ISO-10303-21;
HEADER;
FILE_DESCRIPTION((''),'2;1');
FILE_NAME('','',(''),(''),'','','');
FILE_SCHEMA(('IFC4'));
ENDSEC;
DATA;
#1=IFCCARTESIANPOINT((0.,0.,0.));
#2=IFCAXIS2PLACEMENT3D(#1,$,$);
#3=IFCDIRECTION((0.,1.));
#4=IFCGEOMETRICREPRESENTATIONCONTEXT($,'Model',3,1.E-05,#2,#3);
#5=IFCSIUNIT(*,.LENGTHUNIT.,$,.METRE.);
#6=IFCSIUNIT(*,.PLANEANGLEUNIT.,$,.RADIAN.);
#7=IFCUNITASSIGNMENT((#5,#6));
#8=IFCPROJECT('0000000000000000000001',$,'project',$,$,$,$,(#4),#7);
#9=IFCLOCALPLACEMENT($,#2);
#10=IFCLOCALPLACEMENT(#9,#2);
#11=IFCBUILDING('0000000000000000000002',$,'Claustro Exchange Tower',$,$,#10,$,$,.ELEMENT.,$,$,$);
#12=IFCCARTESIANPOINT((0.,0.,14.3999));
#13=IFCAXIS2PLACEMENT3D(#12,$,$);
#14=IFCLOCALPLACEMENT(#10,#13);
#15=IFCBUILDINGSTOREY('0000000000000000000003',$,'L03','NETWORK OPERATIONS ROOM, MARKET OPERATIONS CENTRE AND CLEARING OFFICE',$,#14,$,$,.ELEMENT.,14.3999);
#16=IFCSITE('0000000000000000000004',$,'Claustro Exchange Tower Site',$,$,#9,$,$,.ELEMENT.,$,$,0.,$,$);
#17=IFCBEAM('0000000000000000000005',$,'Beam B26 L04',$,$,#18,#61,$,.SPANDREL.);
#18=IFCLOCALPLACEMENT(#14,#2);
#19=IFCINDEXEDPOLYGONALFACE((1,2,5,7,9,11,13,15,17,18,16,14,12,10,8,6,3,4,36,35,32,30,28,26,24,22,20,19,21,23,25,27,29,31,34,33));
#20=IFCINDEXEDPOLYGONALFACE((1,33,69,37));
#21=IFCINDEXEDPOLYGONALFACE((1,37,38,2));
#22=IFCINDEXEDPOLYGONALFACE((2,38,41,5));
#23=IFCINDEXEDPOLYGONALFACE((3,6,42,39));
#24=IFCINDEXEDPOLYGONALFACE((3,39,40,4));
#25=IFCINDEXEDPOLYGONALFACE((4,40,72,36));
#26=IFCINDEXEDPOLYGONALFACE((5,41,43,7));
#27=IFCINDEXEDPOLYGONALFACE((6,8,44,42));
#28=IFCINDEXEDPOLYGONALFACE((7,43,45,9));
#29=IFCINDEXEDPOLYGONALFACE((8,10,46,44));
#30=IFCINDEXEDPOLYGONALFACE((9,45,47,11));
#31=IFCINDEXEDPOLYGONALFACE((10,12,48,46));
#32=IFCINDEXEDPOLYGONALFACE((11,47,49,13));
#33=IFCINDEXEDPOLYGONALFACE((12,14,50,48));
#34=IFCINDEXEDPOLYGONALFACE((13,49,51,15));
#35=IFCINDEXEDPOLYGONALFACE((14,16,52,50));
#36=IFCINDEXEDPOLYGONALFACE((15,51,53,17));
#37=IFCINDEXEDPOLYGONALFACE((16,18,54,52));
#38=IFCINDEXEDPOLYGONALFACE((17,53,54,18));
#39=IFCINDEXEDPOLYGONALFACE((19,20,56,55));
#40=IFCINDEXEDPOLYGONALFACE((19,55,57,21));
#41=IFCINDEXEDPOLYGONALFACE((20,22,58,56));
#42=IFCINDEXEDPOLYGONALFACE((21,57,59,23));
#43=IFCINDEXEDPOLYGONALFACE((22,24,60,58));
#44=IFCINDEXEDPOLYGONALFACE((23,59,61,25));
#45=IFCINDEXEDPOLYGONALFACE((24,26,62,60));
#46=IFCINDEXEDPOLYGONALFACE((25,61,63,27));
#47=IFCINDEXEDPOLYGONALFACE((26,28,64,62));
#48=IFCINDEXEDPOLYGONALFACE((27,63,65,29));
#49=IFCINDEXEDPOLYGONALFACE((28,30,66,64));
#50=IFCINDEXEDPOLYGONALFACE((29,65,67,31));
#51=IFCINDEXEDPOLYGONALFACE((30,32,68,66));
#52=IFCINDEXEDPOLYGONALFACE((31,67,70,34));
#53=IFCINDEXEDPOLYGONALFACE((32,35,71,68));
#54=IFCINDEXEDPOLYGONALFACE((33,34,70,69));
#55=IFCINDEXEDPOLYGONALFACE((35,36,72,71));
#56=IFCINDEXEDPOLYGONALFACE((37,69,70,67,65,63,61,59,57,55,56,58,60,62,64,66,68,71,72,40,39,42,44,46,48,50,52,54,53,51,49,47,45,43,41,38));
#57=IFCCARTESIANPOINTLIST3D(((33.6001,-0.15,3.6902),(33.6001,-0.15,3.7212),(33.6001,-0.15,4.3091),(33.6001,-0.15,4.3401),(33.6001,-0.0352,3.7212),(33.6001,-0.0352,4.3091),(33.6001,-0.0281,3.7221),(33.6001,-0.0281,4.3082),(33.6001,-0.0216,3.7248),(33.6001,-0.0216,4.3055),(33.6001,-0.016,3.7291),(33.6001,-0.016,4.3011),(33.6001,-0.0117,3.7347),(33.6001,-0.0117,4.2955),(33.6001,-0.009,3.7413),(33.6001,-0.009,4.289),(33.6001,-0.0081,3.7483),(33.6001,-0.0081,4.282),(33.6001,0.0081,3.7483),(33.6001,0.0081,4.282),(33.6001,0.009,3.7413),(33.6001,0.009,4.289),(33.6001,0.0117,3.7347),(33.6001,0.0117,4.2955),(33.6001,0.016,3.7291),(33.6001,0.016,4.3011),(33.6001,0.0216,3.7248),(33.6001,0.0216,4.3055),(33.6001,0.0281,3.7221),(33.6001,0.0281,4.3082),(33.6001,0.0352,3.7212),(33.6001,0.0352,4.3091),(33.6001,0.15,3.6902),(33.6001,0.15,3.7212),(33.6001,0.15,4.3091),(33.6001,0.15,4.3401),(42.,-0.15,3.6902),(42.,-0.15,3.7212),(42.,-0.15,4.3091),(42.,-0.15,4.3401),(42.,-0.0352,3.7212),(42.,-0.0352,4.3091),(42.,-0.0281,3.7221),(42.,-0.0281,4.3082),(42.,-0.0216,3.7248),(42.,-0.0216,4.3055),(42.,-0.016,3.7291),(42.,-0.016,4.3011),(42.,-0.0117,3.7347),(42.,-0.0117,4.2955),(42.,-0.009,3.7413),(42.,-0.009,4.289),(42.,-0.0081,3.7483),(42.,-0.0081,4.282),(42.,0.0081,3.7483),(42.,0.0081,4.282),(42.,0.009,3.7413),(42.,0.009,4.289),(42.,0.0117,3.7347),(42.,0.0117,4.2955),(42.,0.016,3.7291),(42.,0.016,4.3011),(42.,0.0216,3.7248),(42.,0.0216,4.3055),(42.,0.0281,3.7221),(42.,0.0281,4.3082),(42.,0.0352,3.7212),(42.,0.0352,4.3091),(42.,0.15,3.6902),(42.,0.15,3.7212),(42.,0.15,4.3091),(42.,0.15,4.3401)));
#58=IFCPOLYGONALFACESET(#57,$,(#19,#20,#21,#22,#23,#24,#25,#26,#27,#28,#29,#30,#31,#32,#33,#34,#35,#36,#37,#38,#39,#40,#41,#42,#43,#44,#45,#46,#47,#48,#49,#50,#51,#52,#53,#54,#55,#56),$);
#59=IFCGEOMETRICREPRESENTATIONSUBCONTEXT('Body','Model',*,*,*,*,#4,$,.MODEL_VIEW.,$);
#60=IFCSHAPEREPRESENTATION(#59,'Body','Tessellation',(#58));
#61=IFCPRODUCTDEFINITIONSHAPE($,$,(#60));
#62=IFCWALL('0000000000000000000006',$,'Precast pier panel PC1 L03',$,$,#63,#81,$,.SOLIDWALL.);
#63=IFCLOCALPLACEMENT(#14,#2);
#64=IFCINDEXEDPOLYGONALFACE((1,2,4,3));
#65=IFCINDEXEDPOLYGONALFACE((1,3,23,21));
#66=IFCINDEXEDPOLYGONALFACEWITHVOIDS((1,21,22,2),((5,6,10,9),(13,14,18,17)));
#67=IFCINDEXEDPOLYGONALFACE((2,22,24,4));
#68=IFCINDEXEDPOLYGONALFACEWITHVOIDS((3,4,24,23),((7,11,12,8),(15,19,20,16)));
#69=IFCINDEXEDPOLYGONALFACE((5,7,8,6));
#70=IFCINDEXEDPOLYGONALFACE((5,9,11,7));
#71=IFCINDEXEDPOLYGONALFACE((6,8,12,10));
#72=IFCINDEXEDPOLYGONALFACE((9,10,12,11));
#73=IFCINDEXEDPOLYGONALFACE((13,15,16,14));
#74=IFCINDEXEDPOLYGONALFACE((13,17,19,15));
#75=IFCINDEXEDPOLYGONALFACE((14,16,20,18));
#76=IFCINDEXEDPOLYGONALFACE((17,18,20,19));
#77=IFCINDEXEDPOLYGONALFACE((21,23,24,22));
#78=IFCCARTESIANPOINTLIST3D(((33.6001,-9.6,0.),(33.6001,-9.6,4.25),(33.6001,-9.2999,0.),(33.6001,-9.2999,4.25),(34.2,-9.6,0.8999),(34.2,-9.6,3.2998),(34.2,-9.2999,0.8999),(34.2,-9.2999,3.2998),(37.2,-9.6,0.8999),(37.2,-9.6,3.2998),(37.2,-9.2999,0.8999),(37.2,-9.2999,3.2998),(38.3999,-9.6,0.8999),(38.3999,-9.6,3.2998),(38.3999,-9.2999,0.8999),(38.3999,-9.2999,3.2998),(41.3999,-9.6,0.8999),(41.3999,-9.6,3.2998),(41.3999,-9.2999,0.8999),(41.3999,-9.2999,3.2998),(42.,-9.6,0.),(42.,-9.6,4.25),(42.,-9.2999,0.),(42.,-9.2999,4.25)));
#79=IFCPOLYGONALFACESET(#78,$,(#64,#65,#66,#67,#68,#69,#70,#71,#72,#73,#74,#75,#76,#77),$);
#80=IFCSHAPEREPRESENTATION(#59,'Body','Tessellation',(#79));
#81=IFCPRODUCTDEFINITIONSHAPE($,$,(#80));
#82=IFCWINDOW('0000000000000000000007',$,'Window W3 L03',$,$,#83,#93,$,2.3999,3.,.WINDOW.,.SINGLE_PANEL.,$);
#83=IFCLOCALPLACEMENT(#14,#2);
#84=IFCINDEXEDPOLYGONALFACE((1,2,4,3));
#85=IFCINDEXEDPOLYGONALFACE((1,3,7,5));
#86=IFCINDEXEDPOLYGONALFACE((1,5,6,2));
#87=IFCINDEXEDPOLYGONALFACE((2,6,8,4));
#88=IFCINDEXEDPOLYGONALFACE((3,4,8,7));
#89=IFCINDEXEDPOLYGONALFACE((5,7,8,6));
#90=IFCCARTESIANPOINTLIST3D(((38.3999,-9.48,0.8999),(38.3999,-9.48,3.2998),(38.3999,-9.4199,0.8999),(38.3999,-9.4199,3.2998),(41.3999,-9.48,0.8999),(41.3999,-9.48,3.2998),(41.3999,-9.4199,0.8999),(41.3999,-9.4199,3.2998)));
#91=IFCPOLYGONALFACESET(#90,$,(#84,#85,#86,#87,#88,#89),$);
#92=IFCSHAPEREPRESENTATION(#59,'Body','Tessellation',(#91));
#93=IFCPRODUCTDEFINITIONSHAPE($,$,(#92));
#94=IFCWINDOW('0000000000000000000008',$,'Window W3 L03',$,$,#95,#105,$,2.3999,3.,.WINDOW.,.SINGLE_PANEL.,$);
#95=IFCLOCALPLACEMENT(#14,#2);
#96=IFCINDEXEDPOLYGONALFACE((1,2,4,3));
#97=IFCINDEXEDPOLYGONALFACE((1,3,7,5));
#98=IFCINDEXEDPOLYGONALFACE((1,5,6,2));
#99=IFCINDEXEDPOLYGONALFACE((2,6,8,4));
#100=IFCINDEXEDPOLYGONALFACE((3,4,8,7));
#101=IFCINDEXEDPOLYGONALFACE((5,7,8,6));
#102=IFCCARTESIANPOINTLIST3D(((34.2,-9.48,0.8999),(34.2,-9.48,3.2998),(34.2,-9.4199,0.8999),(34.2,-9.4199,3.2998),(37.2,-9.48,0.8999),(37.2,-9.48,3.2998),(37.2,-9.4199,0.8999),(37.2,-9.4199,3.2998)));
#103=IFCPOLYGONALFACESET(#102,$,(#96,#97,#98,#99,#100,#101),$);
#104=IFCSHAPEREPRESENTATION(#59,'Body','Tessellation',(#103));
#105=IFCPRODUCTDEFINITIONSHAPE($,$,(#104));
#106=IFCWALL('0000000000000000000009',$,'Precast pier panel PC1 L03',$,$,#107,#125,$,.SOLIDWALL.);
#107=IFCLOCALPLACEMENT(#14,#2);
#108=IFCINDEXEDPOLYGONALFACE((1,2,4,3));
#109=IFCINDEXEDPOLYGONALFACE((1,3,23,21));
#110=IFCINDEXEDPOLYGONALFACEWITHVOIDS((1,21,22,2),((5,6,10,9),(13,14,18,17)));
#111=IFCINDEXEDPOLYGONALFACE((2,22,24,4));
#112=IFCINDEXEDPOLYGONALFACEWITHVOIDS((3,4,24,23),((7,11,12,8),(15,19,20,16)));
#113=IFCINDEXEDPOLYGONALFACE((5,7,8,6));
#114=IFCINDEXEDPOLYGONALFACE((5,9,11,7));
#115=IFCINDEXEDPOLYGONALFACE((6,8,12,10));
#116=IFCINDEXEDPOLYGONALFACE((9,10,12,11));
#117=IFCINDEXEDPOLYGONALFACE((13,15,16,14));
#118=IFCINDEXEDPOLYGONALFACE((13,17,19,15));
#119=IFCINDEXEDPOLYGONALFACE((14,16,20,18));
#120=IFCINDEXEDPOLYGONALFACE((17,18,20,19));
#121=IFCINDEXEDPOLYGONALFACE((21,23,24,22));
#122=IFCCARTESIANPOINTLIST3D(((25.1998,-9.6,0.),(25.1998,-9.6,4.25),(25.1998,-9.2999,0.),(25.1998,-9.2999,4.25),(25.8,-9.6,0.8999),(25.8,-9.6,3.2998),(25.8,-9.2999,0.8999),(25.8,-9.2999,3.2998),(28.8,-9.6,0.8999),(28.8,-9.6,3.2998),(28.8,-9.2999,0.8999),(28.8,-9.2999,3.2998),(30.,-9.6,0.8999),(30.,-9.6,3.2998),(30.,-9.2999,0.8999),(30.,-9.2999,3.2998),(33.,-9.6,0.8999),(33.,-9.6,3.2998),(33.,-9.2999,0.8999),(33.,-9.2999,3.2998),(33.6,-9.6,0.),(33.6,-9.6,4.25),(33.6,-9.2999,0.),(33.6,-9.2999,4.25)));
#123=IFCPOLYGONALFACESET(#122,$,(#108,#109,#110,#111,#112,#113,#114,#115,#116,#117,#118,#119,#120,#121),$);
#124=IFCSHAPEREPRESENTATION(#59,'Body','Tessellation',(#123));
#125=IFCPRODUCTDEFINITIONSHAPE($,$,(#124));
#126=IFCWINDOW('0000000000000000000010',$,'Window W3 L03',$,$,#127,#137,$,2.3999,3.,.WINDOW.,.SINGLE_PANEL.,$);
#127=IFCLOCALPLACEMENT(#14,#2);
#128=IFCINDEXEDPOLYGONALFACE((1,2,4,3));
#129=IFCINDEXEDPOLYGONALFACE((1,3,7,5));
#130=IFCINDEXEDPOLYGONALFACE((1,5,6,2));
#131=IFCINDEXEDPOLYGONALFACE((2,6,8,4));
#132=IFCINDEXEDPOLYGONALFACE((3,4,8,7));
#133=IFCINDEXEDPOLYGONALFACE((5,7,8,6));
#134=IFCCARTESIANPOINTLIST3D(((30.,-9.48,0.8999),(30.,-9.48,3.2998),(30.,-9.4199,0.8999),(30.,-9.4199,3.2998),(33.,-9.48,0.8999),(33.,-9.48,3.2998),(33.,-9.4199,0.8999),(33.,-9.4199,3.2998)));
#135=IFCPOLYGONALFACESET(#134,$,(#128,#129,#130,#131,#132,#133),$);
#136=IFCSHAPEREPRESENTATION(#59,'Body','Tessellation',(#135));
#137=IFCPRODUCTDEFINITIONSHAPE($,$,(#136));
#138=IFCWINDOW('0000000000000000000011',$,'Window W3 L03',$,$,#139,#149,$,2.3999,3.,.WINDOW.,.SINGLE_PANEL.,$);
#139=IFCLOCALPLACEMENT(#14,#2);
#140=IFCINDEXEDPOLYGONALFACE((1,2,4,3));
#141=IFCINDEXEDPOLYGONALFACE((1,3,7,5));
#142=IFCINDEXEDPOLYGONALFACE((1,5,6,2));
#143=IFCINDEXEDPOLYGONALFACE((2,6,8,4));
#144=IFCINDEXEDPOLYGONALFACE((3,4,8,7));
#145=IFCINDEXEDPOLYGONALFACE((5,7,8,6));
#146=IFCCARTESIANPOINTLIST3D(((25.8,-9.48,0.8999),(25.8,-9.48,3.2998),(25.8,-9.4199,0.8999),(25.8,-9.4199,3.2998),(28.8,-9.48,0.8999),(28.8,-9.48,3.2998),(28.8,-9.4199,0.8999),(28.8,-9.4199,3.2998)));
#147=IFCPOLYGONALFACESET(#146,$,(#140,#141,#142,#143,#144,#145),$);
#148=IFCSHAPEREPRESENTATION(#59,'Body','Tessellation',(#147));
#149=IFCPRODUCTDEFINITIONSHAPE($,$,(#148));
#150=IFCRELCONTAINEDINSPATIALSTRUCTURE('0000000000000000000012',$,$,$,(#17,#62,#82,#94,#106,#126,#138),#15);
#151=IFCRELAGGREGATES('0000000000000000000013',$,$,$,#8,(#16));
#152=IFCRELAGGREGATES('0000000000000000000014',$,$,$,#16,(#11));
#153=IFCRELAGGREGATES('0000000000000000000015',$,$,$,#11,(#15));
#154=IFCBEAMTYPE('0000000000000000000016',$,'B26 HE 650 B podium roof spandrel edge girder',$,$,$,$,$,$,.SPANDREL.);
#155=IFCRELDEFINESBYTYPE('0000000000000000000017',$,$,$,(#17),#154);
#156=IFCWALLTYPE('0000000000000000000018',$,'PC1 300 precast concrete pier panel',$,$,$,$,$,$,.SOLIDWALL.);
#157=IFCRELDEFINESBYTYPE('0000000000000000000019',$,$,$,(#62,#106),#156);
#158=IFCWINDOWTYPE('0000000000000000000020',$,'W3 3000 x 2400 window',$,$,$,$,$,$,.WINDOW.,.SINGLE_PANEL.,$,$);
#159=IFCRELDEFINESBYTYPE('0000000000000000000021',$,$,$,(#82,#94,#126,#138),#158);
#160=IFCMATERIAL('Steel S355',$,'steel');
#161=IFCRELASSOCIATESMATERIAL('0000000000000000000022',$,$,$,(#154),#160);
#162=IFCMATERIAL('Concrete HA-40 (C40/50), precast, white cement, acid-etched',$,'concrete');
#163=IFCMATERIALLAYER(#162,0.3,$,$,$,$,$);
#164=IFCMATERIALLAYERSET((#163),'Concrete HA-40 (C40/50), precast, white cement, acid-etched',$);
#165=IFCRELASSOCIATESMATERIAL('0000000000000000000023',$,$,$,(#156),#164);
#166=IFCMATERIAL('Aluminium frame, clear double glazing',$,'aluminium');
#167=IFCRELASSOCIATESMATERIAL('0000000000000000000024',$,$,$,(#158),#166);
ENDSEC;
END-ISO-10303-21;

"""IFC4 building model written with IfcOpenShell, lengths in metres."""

from ifc_helpers import new_model, si_unit, direction, frame, frame_2d, origin, origin_2d, place, context, subcontext, project, spatial, rectangle, i_section, extrude, material, layer, layer_set, material_profile, profile_set, type_object, element, fill, save


model = new_model("IFC4")

# Units and contexts
model_context = context("Model", 3, precision=1e-05, world=origin(), true_north=direction((0.0, 1.0)))
body_context = subcontext(model_context, "Body", "Model", "MODEL_VIEW")
ifc_project = project(units=[si_unit("LENGTHUNIT", "METRE"), si_unit("PLANEANGLEUNIT", "RADIAN")], contexts=[model_context])

# Site, building, storey
site_placement = place(None, origin())
site = spatial("IfcSite", under=ifc_project, at=site_placement, Name="Claustro Exchange Tower Site", CompositionType="ELEMENT", RefElevation=0.0)
building_placement = place(site_placement, origin())
building = spatial("IfcBuilding", under=site, at=building_placement, Name="Claustro Exchange Tower", CompositionType="ELEMENT")
storey_placement = place(building_placement, frame((0.0, 0.0, 14.3999)))
storey = spatial("IfcBuildingStorey", under=building, at=storey_placement, Name="L03", Description="NETWORK OPERATIONS ROOM, MARKET OPERATIONS CENTRE AND CLEARING OFFICE", CompositionType="ELEMENT", Elevation=14.3999)

# Beam
ifc_material_1 = material(Name="Steel S355", Category="steel")
ifc_material_profile_1 = material_profile(ifc_material_1, i_section(OverallWidth=0.3, OverallDepth=0.6499, WebThickness=0.0161, FlangeThickness=0.031, FilletRadius=0.0271, at=origin_2d()), Name="HE 650 B")
ifc_profile_set_1 = profile_set([ifc_material_profile_1], Name="Steel S355")
beam_type_1 = type_object("IfcBeamType", Name="B26 HE 650 B podium roof spandrel edge girder", PredefinedType="SPANDREL", material=ifc_profile_set_1)
beam_1_placement = place(storey_placement, frame((33.6001, 0.0, 4.0151), z_axis=(1.0, 0.0, 0.0), x_axis=(0.0, 1.0, 0.0)))
element("IfcBeam", 1, at=beam_1_placement, inside=storey, type_object=beam_type_1, Name="Beam B26 L04", PredefinedType="SPANDREL", context=body_context, shape_type="SweptSolid", body=[
    extrude(i_section(OverallWidth=0.3, OverallDepth=0.6499, WebThickness=0.0161, FlangeThickness=0.031, FilletRadius=0.0271, at=origin_2d()), origin(), (0.0, 0.0, 1.0), 8.3999),
])

# Walls, openings, windows
ifc_material_2 = material(Name="Concrete HA-40 (C40/50), precast, white cement, acid-etched", Category="concrete")
ifc_layer = layer(ifc_material_2, 0.3)
ifc_layer_set = layer_set([ifc_layer], Name="Concrete HA-40 (C40/50), precast, white cement, acid-etched")
wall_type = type_object("IfcWallType", Name="PC1 300 precast concrete pier panel", PredefinedType="SOLIDWALL", material=ifc_layer_set)
wall_1_placement = place(storey_placement, frame((42.0, -9.45, 0.0), z_axis=(0.0, 0.0, 1.0), x_axis=(-1.0, 0.0, 0.0)))
wall_1 = element("IfcWall", 2, at=wall_1_placement, inside=storey, type_object=wall_type, Name="Precast pier panel PC1 L03", PredefinedType="SOLIDWALL", context=body_context, shape_type="SweptSolid", body=[
    extrude(rectangle(XDim=8.3999, YDim=0.3, at=frame_2d((4.2, 0.0))), origin(), (0.0, 0.0, 1.0), 4.25),
])
opening_1_placement = place(wall_1_placement, frame((0.6001, 0.0, 0.8999)))
opening_1 = element("IfcOpeningElement", 3, at=opening_1_placement, cuts=wall_1, PredefinedType="OPENING", context=body_context, shape_type="SweptSolid", body=[
    extrude(rectangle(XDim=3.0, YDim=2.3999, at=frame_2d((1.5, 1.2))), frame((0.0, 0.1599, 0.0), z_axis=(0.0, -1.0, 0.0), x_axis=(1.0, 0.0, 0.0)), (0.0, 0.0, 1.0), 0.3201),
])
opening_2_placement = place(wall_1_placement, frame((4.8, 0.0, 0.8999)))
opening_2 = element("IfcOpeningElement", 4, at=opening_2_placement, cuts=wall_1, PredefinedType="OPENING", context=body_context, shape_type="SweptSolid", body=[
    extrude(rectangle(XDim=3.0, YDim=2.3999, at=frame_2d((1.5, 1.2))), frame((0.0, 0.1599, 0.0), z_axis=(0.0, -1.0, 0.0), x_axis=(1.0, 0.0, 0.0)), (0.0, 0.0, 1.0), 0.3201),
])
ifc_material_3 = material(Name="Aluminium frame, clear double glazing", Category="aluminium")
window_type = type_object("IfcWindowType", Name="W3 3000 x 2400 window", PartitioningType="SINGLE_PANEL", PredefinedType="WINDOW", material=ifc_material_3)
window_1_placement = place(opening_1_placement, origin())
window_1 = element("IfcWindow", 5, at=window_1_placement, inside=storey, type_object=window_type, Name="Window W3 L03", OverallHeight=2.3999, OverallWidth=3.0, PartitioningType="SINGLE_PANEL", PredefinedType="WINDOW", context=body_context, shape_type="SweptSolid", body=[
    extrude(rectangle(XDim=3.0, YDim=2.3999, at=frame_2d((1.5, 1.2))), frame((0.0, 0.03, 0.0), z_axis=(0.0, -1.0, 0.0), x_axis=(1.0, 0.0, 0.0)), (0.0, 0.0, 1.0), 0.0601),
])
fill(opening_1, window_1)
window_2_placement = place(opening_2_placement, origin())
window_2 = element("IfcWindow", 6, at=window_2_placement, inside=storey, type_object=window_type, Name="Window W3 L03", OverallHeight=2.3999, OverallWidth=3.0, PartitioningType="SINGLE_PANEL", PredefinedType="WINDOW", context=body_context, shape_type="SweptSolid", body=[
    extrude(rectangle(XDim=3.0, YDim=2.3999, at=frame_2d((1.5, 1.2))), frame((0.0, 0.03, 0.0), z_axis=(0.0, -1.0, 0.0), x_axis=(1.0, 0.0, 0.0)), (0.0, 0.0, 1.0), 0.0601),
])
fill(opening_2, window_2)
wall_2_placement = place(storey_placement, frame((33.6001, -9.45, 0.0), z_axis=(0.0, 0.0, 1.0), x_axis=(-1.0, 0.0, 0.0)))
wall_2 = element("IfcWall", 7, at=wall_2_placement, inside=storey, type_object=wall_type, Name="Precast pier panel PC1 L03", PredefinedType="SOLIDWALL", context=body_context, shape_type="SweptSolid", body=[
    extrude(rectangle(XDim=8.4001, YDim=0.3, at=frame_2d((4.2002, 0.0))), origin(), (0.0, 0.0, 1.0), 4.25),
])
opening_3_placement = place(wall_2_placement, frame((0.6001, 0.0, 0.8999)))
opening_3 = element("IfcOpeningElement", 8, at=opening_3_placement, cuts=wall_2, PredefinedType="OPENING", context=body_context, shape_type="SweptSolid", body=[
    extrude(rectangle(XDim=3.0, YDim=2.3999, at=frame_2d((1.5, 1.2))), frame((0.0, 0.1599, 0.0), z_axis=(0.0, -1.0, 0.0), x_axis=(1.0, 0.0, 0.0)), (0.0, 0.0, 1.0), 0.3201),
])
opening_4_placement = place(wall_2_placement, frame((4.8, 0.0, 0.8999)))
opening_4 = element("IfcOpeningElement", 9, at=opening_4_placement, cuts=wall_2, PredefinedType="OPENING", context=body_context, shape_type="SweptSolid", body=[
    extrude(rectangle(XDim=3.0, YDim=2.3999, at=frame_2d((1.5, 1.2))), frame((0.0, 0.1599, 0.0), z_axis=(0.0, -1.0, 0.0), x_axis=(1.0, 0.0, 0.0)), (0.0, 0.0, 1.0), 0.3201),
])
window_3_placement = place(opening_3_placement, origin())
window_3 = element("IfcWindow", 10, at=window_3_placement, inside=storey, type_object=window_type, Name="Window W3 L03", OverallHeight=2.3999, OverallWidth=3.0, PartitioningType="SINGLE_PANEL", PredefinedType="WINDOW", context=body_context, shape_type="SweptSolid", body=[
    extrude(rectangle(XDim=3.0, YDim=2.3999, at=frame_2d((1.5, 1.2))), frame((0.0, 0.03, 0.0), z_axis=(0.0, -1.0, 0.0), x_axis=(1.0, 0.0, 0.0)), (0.0, 0.0, 1.0), 0.0601),
])
fill(opening_3, window_3)
window_4_placement = place(opening_4_placement, origin())
window_4 = element("IfcWindow", 11, at=window_4_placement, inside=storey, type_object=window_type, Name="Window W3 L03", OverallHeight=2.3999, OverallWidth=3.0, PartitioningType="SINGLE_PANEL", PredefinedType="WINDOW", context=body_context, shape_type="SweptSolid", body=[
    extrude(rectangle(XDim=3.0, YDim=2.3999, at=frame_2d((1.5, 1.2))), frame((0.0, 0.03, 0.0), z_axis=(0.0, -1.0, 0.0), x_axis=(1.0, 0.0, 0.0)), (0.0, 0.0, 1.0), 0.0601),
])
fill(opening_4, window_4)

save(model, "model.ifc")
